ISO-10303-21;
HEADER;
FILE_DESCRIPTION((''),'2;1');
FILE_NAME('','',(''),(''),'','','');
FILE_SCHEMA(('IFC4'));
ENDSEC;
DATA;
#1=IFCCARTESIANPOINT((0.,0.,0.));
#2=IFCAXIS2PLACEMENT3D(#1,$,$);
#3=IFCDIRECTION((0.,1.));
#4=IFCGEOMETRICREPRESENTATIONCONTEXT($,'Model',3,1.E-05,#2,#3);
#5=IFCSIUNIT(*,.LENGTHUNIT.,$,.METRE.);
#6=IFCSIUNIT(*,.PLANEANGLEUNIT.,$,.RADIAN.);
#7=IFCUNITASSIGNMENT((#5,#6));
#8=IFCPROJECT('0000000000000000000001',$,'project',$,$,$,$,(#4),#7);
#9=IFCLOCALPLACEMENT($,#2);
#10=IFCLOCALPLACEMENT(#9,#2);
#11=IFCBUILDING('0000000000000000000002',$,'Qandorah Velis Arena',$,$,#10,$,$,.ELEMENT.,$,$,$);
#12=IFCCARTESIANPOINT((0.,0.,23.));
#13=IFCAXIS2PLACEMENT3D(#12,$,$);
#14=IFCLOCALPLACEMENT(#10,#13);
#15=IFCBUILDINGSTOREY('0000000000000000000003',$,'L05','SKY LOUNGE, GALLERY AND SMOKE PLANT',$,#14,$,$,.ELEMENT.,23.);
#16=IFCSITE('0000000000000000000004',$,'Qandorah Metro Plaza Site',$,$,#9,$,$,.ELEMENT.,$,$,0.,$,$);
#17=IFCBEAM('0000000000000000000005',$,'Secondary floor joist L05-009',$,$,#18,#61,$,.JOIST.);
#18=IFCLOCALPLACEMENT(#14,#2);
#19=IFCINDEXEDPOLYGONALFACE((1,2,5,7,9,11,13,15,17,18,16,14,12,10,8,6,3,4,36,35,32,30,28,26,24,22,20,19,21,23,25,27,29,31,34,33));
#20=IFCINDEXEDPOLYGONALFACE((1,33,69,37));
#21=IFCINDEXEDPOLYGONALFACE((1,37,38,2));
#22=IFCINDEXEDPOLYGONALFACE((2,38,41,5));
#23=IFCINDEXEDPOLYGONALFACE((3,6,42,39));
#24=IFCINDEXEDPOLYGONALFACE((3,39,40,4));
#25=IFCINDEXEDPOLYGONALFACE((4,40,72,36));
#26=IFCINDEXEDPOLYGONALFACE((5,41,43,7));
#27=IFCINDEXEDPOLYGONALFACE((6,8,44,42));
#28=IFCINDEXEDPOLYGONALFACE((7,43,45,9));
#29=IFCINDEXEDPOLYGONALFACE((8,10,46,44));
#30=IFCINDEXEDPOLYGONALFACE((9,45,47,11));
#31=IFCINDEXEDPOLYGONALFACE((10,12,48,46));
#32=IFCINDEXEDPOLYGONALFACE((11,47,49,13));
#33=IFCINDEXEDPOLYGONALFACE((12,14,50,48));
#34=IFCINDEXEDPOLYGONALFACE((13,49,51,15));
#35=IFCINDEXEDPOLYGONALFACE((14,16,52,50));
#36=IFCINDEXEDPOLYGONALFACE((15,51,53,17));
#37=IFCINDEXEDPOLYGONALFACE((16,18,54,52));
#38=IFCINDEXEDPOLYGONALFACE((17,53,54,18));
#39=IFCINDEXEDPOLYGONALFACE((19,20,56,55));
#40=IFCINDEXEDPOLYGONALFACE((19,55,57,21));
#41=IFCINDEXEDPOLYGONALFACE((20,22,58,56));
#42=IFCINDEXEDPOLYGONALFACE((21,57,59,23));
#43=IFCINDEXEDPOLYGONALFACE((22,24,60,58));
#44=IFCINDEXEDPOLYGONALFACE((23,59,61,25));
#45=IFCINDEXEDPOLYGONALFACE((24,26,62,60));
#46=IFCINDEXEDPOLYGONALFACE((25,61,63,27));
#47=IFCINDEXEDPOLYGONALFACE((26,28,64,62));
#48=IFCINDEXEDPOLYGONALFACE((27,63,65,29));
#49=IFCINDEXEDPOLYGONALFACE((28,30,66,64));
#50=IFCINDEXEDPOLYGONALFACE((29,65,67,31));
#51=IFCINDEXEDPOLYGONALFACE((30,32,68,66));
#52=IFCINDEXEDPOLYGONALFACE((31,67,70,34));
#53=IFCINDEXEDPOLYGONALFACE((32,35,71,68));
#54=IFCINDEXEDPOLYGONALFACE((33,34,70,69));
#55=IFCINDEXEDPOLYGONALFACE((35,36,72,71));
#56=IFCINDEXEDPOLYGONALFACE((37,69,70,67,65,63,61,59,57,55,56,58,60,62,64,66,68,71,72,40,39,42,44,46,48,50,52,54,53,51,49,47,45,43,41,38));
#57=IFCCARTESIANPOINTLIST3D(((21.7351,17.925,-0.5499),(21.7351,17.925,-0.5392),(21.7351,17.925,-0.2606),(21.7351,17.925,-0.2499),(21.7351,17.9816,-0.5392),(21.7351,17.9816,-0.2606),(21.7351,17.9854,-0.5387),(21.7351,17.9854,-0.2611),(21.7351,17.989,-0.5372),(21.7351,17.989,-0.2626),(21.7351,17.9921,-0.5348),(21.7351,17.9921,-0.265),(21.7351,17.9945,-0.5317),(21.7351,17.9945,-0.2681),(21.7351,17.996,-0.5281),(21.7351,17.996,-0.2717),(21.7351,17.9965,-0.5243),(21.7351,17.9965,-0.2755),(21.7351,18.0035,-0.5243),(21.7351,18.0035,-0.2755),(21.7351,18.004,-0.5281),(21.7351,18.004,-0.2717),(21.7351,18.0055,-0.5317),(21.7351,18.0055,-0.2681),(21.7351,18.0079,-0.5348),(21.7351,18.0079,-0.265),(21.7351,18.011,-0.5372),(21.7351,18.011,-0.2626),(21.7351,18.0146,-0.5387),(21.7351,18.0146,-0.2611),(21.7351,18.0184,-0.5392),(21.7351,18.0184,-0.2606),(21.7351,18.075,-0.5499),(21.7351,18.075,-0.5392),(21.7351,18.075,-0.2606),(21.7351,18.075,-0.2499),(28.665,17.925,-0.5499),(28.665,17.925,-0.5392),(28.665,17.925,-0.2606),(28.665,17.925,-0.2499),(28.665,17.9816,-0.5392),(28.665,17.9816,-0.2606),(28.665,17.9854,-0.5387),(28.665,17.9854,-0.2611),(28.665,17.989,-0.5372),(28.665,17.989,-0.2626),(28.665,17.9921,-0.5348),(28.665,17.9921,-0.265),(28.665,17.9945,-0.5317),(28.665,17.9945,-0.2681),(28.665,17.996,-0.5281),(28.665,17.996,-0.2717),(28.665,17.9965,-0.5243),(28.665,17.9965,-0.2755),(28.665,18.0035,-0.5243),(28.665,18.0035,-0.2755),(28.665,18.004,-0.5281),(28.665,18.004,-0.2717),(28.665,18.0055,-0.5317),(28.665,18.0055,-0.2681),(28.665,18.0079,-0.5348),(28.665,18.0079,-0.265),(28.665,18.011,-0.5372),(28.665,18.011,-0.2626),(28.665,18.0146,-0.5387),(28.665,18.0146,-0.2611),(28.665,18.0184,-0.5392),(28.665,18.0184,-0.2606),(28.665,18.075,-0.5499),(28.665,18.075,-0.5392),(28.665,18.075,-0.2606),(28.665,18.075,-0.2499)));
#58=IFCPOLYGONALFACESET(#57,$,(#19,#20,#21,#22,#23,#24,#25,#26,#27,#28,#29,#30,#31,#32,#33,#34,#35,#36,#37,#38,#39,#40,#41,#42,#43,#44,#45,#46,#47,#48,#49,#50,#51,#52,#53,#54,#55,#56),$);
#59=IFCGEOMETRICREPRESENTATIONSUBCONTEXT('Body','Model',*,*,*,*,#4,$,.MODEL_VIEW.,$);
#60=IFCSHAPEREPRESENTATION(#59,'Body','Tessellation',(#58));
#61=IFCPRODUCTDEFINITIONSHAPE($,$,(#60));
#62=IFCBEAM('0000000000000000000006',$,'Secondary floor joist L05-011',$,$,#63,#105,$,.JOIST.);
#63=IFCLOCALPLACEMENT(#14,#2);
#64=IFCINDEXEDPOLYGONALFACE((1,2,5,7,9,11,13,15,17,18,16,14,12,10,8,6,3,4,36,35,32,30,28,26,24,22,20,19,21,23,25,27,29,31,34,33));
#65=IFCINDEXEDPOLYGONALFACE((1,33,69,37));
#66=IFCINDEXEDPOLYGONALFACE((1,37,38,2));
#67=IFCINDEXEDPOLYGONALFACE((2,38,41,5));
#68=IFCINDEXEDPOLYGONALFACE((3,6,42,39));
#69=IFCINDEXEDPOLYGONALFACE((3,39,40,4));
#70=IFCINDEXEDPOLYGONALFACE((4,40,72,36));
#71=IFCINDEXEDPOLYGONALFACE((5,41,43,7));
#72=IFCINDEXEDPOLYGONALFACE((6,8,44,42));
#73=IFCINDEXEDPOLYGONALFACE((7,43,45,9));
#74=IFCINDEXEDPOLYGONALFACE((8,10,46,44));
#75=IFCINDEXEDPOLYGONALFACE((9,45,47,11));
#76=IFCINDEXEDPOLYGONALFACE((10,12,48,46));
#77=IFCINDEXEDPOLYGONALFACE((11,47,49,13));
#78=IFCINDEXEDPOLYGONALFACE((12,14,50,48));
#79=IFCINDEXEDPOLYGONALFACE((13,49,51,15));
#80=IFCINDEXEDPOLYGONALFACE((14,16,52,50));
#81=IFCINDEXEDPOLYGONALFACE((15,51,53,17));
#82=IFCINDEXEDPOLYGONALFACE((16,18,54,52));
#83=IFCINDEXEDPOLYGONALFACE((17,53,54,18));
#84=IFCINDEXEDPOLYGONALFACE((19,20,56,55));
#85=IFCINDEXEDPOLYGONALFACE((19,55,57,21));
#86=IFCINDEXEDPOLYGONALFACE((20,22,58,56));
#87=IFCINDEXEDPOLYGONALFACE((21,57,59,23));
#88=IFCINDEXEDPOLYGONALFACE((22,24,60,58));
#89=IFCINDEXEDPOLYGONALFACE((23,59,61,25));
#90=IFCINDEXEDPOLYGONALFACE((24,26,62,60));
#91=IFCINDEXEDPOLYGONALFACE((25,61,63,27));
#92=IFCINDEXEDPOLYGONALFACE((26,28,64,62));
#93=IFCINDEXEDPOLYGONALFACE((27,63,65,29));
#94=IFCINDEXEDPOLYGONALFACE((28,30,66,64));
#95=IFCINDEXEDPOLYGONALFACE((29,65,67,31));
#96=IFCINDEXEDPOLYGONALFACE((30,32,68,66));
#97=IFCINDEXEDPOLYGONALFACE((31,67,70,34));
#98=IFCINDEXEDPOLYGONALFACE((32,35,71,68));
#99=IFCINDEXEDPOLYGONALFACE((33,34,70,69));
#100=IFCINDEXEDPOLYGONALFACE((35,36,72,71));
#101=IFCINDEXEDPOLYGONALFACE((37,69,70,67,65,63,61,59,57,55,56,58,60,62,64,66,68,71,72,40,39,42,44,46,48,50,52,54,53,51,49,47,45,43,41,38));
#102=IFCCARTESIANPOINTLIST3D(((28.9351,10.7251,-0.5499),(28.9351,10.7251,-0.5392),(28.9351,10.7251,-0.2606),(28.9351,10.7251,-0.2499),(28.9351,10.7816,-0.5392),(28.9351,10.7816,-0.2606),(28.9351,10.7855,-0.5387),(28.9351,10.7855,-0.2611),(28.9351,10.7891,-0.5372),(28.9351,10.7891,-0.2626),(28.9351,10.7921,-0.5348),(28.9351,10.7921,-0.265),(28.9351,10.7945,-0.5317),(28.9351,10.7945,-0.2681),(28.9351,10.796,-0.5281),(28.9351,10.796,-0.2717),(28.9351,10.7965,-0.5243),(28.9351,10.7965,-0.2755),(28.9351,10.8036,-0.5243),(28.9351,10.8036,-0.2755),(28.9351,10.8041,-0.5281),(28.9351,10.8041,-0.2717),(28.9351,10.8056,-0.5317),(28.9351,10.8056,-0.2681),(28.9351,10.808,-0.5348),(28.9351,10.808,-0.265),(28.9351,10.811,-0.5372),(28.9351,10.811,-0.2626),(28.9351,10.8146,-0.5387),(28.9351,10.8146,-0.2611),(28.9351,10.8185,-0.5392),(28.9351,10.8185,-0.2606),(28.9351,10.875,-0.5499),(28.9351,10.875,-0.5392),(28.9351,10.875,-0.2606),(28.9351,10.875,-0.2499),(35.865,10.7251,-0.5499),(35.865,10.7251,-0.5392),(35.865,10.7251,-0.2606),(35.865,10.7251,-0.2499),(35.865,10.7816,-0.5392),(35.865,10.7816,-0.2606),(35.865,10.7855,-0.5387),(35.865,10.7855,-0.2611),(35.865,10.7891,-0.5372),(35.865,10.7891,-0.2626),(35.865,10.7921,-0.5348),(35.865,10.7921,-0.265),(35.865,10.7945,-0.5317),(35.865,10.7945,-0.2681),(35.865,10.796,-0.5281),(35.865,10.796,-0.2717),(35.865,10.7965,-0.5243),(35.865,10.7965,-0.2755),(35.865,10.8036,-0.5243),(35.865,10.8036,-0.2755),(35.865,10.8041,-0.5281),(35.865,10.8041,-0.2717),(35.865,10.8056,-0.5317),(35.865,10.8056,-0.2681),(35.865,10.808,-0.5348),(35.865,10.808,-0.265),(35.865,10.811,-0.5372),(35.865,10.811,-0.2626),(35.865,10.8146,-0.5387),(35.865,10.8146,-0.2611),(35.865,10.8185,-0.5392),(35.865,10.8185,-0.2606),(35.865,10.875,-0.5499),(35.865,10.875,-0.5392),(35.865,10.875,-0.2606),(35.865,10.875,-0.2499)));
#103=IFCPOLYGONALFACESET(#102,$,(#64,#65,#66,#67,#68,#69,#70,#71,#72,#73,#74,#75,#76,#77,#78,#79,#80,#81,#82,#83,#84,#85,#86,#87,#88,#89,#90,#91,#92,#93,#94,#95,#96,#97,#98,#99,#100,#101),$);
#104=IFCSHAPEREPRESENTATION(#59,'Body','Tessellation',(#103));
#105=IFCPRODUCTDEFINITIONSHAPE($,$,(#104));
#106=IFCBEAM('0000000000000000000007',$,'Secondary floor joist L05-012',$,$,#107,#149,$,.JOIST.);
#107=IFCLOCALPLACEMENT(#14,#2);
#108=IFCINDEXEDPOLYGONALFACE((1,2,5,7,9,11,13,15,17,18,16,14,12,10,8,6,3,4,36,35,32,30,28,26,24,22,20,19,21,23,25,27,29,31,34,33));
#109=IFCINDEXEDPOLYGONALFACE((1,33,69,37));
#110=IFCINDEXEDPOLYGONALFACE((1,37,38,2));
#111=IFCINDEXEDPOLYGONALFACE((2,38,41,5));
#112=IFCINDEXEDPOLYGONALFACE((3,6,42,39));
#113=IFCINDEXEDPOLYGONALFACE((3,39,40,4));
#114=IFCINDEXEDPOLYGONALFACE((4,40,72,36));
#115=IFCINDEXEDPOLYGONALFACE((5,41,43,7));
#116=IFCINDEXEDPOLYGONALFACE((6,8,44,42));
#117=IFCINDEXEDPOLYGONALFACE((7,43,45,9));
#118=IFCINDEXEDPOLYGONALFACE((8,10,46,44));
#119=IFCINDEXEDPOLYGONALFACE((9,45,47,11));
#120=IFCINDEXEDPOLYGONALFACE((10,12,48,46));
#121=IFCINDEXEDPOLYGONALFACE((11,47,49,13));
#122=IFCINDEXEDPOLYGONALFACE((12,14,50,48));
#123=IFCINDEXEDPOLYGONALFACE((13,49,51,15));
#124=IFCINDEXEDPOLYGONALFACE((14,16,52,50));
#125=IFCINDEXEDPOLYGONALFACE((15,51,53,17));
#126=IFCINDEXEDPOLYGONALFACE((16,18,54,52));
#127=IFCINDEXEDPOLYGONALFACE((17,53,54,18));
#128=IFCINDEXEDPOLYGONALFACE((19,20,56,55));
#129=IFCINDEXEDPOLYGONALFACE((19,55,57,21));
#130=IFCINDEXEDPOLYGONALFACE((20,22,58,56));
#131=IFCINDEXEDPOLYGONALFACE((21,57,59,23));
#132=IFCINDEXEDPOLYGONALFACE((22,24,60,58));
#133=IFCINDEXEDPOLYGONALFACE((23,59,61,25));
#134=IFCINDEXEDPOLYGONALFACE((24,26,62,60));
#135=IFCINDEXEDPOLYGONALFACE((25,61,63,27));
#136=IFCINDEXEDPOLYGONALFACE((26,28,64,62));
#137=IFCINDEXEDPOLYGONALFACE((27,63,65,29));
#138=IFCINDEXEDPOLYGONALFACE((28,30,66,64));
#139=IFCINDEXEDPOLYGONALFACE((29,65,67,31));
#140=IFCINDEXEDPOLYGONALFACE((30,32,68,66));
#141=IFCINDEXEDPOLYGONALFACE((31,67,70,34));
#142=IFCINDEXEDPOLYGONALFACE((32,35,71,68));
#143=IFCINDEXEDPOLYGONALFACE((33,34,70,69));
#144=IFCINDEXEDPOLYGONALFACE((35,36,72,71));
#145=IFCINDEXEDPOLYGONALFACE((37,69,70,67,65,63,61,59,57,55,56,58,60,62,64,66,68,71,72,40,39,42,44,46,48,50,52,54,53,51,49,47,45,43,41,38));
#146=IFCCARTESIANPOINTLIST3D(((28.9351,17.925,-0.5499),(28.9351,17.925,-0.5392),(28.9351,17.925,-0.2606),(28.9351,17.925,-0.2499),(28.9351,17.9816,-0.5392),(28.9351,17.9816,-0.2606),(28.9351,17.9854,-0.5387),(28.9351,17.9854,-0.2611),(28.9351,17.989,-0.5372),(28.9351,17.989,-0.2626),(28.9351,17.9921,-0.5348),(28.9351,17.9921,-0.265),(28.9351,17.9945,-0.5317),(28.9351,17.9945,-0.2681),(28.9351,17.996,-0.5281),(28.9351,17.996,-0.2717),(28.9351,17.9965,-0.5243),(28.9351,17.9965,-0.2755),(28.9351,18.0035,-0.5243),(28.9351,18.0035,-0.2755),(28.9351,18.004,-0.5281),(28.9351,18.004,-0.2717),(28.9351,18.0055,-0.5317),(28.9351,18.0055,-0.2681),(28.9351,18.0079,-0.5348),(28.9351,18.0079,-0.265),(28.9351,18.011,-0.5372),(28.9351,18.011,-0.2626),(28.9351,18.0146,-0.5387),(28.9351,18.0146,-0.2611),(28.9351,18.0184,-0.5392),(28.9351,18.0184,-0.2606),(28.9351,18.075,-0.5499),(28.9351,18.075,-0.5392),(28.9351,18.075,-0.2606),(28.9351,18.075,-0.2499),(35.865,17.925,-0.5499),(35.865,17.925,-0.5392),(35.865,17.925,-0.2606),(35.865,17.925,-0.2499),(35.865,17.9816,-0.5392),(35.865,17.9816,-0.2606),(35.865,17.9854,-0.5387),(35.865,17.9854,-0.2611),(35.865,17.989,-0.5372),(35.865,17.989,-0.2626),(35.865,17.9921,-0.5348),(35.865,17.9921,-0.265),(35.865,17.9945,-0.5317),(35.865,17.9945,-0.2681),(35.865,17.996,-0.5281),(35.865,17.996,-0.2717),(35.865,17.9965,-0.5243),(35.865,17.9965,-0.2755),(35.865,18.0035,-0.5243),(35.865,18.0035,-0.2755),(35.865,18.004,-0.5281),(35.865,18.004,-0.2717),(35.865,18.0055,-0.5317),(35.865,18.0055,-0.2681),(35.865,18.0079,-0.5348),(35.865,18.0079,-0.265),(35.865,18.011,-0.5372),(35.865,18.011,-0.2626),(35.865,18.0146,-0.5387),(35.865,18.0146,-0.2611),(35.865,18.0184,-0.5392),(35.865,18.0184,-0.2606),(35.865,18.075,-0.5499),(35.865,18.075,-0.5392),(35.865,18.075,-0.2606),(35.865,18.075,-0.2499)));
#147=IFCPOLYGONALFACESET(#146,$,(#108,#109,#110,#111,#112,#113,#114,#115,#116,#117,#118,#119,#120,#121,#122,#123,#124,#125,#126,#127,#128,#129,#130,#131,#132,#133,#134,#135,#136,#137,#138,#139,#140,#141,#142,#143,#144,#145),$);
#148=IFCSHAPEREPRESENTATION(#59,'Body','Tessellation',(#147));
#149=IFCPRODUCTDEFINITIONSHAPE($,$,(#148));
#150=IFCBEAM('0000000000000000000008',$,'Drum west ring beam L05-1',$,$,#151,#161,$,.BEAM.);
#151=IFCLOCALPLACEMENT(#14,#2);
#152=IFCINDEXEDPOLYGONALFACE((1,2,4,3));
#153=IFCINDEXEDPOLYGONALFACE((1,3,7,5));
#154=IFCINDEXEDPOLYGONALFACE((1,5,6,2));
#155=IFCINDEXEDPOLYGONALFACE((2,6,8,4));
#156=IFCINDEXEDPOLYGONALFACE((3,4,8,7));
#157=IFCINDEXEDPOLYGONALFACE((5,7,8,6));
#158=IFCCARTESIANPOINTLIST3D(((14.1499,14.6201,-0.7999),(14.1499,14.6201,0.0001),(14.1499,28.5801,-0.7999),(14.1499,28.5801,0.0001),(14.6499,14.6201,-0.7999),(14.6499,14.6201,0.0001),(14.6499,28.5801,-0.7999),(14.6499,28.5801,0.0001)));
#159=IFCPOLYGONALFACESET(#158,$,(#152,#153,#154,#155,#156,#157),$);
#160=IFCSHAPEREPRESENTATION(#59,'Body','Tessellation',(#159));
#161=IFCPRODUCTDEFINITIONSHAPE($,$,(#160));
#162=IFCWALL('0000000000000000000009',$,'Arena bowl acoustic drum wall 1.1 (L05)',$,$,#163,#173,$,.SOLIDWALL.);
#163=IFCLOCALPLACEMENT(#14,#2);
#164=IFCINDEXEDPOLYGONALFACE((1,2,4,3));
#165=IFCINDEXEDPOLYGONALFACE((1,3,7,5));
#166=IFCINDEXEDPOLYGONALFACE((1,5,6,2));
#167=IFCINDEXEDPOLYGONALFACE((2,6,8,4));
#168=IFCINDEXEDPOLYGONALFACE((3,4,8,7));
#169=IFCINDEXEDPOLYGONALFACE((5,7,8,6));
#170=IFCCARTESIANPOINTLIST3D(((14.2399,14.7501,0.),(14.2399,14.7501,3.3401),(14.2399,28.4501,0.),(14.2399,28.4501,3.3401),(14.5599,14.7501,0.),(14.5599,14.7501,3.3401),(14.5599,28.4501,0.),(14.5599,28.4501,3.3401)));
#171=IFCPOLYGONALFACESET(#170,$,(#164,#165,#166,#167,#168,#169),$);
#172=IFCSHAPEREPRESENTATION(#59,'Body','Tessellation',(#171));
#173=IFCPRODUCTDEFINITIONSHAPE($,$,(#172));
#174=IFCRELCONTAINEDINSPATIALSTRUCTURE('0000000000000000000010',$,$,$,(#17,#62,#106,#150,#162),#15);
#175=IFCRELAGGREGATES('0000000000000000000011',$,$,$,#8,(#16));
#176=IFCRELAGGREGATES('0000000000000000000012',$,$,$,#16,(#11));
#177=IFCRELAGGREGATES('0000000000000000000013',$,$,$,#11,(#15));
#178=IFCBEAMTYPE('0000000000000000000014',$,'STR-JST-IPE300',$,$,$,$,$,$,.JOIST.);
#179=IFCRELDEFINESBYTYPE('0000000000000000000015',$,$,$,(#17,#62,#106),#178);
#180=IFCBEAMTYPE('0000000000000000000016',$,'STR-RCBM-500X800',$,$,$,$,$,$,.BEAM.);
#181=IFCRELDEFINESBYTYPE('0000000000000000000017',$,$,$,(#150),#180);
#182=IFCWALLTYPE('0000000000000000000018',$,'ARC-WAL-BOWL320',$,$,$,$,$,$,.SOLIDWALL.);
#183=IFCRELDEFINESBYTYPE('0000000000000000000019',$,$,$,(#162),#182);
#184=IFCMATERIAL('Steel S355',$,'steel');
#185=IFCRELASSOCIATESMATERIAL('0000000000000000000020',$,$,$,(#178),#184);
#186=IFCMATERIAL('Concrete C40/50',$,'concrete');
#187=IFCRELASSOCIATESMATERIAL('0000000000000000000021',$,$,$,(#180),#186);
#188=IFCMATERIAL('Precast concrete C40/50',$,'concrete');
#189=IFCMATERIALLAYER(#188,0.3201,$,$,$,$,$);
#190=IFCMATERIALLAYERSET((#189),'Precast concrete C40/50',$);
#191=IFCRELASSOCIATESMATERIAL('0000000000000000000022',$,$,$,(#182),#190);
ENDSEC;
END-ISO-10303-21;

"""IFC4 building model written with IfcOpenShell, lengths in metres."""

from ifc_helpers import new_model, si_unit, direction, frame, frame_2d, origin, origin_2d, place, context, subcontext, project, spatial, rectangle, i_section, extrude, material, layer, layer_set, material_profile, profile_set, type_object, element, save


model = new_model("IFC4")

# Units and contexts
model_context = context("Model", 3, precision=1e-05, world=origin(), true_north=direction((0.0, 1.0)))
body_context = subcontext(model_context, "Body", "Model", "MODEL_VIEW")
ifc_project = project(units=[si_unit("LENGTHUNIT", "METRE"), si_unit("PLANEANGLEUNIT", "RADIAN")], contexts=[model_context])

# Site, building, storey
site_placement = place(None, origin())
site = spatial("IfcSite", under=ifc_project, at=site_placement, Name="Qandorah Metro Plaza Site", CompositionType="ELEMENT", RefElevation=0.0)
building_placement = place(site_placement, origin())
building = spatial("IfcBuilding", under=site, at=building_placement, Name="Qandorah Velis Arena", CompositionType="ELEMENT")
storey_placement = place(building_placement, frame((0.0, 0.0, 23.0)))
storey = spatial("IfcBuildingStorey", under=building, at=storey_placement, Name="L05", Description="SKY LOUNGE, GALLERY AND SMOKE PLANT", CompositionType="ELEMENT", Elevation=23.0)

# Shared definitions
ifc_material_1 = material(Name="Concrete C40/50", Category="concrete")

# Beams
ifc_material_2 = material(Name="Steel S355", Category="steel")
ifc_material_profile_1 = material_profile(ifc_material_2, i_section(OverallWidth=0.1499, OverallDepth=0.3, WebThickness=0.0071, FlangeThickness=0.0107, FilletRadius=0.0149, at=origin_2d()), Name="IPE 300")
ifc_profile_set_1 = profile_set([ifc_material_profile_1], Name="Steel S355")
beam_type_1 = type_object("IfcBeamType", Name="STR-JST-IPE300", PredefinedType="JOIST", material=ifc_profile_set_1)
for number, where, z_axis, x_axis, name in (
    (1, (21.7351, 18.0, -0.3999), (1.0, 0.0, 0.0), (0.0, 1.0, 0.0), "Secondary floor joist L05-009"),
    (2, (28.9351, 10.8, -0.3999), (1.0, 0.0, 0.0), (0.0, 1.0, 0.0), "Secondary floor joist L05-011"),
    (3, (28.9351, 18.0, -0.3999), (1.0, 0.0, 0.0), (0.0, 1.0, 0.0), "Secondary floor joist L05-012"),
):
    element("IfcBeam", number, at=place(storey_placement, frame(where, z_axis=z_axis, x_axis=x_axis)), inside=storey, type_object=beam_type_1, Name=name, PredefinedType="JOIST", context=body_context, shape_type="SweptSolid", body=[
        extrude(i_section(OverallWidth=0.1499, OverallDepth=0.3, WebThickness=0.0071, FlangeThickness=0.0107, FilletRadius=0.0149, at=origin_2d()), origin(), (0.0, 0.0, 1.0), 6.9299),
    ])
ifc_material_profile_2 = material_profile(ifc_material_1, rectangle(XDim=0.5, YDim=0.8, at=origin_2d()), Name="RC BM 500x800")
ifc_profile_set_2 = profile_set([ifc_material_profile_2], Name="Concrete C40/50")
beam_type_2 = type_object("IfcBeamType", Name="STR-RCBM-500X800", PredefinedType="BEAM", material=ifc_profile_set_2)
beam_1_placement = place(storey_placement, frame((14.3999, 14.6201, -0.3999), z_axis=(0.0, 1.0, 0.0), x_axis=(-1.0, 0.0, 0.0)))
element("IfcBeam", 4, at=beam_1_placement, inside=storey, type_object=beam_type_2, Name="Drum west ring beam L05-1", PredefinedType="BEAM", context=body_context, shape_type="SweptSolid", body=[
    extrude(rectangle(XDim=0.5, YDim=0.8, at=origin_2d()), origin(), (0.0, 0.0, 1.0), 13.96),
])

# Wall
ifc_material_3 = material(Name="Precast concrete C40/50", Category="concrete")
ifc_layer_1 = layer(ifc_material_3, 0.3201)
ifc_layer_set_1 = layer_set([ifc_layer_1], Name="Precast concrete C40/50")
wall_type_1 = type_object("IfcWallType", Name="ARC-WAL-BOWL320", PredefinedType="SOLIDWALL", material=ifc_layer_set_1)
wall_1_placement = place(storey_placement, frame((14.3999, 14.75, 0.0), z_axis=(0.0, 0.0, 1.0), x_axis=(0.0, 1.0, 0.0)))
element("IfcWall", 5, at=wall_1_placement, inside=storey, type_object=wall_type_1, Name="Arena bowl acoustic drum wall 1.1 (L05)", PredefinedType="SOLIDWALL", context=body_context, shape_type="SweptSolid", body=[
    extrude(rectangle(XDim=13.7, YDim=0.3201, at=frame_2d((6.8501, 0.0))), origin(), (0.0, 0.0, 1.0), 3.3401),
])

save(model, "model.ifc")
